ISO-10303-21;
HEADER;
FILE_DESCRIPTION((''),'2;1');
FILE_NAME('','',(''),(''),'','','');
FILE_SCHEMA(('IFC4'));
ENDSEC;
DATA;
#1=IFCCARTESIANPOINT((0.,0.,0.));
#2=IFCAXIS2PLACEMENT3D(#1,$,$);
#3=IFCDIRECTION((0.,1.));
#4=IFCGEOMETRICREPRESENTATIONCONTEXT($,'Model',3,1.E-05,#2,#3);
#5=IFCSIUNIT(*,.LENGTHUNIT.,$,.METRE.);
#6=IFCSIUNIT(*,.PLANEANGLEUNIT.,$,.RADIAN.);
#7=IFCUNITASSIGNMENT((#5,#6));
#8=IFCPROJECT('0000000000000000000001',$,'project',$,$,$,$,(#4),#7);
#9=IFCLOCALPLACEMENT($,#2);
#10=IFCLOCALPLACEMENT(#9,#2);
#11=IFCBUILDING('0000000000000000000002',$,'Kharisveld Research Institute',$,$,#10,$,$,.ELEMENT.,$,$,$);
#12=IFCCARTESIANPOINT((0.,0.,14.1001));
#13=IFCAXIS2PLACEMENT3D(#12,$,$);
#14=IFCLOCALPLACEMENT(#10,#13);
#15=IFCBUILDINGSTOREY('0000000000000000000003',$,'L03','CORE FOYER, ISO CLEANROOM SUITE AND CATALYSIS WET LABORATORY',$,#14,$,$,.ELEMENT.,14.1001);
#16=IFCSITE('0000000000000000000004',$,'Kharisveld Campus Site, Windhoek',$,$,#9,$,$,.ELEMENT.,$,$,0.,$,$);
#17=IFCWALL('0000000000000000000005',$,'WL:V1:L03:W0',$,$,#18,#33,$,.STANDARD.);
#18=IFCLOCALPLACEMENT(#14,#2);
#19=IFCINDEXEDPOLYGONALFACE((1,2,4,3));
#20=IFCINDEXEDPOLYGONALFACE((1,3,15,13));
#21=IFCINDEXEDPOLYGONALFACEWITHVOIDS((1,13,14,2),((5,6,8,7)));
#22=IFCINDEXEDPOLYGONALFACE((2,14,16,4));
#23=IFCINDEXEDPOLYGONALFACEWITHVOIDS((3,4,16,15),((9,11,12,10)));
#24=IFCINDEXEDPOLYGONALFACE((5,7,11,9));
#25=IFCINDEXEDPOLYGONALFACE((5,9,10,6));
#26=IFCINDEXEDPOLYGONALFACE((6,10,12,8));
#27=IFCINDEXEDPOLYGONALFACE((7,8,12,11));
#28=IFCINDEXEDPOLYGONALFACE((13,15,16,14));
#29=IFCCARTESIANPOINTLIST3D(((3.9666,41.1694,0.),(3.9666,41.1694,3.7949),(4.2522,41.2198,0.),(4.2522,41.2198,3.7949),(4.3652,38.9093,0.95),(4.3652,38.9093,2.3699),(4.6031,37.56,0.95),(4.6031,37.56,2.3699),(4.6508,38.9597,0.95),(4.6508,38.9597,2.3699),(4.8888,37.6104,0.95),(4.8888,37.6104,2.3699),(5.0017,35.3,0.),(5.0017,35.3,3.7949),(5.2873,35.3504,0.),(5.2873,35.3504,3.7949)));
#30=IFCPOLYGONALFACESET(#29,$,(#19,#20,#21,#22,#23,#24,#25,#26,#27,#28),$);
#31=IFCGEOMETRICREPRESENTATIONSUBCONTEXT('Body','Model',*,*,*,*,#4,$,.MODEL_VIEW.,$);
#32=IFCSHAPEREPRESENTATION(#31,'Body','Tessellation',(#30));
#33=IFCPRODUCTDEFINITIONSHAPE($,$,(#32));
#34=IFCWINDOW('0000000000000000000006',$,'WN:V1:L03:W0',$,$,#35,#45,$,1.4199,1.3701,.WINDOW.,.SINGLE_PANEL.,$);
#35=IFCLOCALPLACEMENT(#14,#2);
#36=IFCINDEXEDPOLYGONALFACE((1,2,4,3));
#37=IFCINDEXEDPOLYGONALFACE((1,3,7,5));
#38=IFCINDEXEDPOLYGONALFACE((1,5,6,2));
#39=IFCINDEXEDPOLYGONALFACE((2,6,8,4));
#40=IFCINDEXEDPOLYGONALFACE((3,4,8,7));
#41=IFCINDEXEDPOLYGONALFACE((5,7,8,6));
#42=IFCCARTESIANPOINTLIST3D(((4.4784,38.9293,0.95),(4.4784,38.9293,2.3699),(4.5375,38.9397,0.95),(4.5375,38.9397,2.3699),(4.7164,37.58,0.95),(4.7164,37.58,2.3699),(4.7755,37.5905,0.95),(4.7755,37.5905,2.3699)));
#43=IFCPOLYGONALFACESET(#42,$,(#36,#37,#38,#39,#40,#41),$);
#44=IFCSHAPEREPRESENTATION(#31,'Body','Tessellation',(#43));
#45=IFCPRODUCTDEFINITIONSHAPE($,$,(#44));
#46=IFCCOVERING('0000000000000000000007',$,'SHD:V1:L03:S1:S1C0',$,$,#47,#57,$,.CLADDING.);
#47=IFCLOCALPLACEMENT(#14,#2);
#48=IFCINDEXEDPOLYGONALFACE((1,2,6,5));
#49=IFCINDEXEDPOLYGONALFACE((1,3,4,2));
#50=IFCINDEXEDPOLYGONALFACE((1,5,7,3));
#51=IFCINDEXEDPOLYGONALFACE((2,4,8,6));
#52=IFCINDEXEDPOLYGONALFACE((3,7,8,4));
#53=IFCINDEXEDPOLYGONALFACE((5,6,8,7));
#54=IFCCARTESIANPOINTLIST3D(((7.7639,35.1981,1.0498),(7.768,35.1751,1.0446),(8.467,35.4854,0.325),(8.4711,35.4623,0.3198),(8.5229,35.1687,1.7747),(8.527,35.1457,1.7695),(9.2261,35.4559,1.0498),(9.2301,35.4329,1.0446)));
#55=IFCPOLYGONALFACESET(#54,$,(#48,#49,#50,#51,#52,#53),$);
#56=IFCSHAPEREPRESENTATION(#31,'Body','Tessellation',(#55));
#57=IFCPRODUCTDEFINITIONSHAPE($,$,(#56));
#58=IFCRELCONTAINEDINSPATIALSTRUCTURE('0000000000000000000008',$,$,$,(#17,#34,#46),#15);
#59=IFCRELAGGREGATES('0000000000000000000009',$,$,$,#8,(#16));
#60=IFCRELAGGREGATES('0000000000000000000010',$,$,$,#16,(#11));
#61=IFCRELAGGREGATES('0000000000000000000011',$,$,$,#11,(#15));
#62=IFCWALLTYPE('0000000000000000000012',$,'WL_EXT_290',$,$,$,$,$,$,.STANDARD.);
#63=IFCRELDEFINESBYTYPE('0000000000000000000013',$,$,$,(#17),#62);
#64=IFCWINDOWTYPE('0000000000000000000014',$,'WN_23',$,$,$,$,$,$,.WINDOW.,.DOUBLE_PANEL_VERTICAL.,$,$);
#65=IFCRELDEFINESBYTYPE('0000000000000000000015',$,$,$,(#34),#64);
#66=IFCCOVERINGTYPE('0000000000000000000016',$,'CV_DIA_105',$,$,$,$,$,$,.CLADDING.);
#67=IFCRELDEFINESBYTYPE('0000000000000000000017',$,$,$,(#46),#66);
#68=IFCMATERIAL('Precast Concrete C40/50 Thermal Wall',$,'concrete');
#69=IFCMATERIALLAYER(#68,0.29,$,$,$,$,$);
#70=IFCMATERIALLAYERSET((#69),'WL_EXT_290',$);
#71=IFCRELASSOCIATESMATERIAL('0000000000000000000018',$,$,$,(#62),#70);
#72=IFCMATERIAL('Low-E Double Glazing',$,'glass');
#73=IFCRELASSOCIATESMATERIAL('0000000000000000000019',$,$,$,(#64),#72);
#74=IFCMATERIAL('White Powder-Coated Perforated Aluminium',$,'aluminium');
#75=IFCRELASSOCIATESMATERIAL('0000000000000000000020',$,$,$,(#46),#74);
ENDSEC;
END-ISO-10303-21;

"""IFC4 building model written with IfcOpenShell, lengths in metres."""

from ifc_helpers import new_model, si_unit, direction, frame, frame_2d, origin, place, context, subcontext, project, spatial, polyline, rectangle, outline, extrude, material, layer, layer_set, type_object, element, fill, save


model = new_model("IFC4")

# Units and contexts
model_context = context("Model", 3, precision=1e-05, world=origin(), true_north=direction((0.0, 1.0)))
body_context = subcontext(model_context, "Body", "Model", "MODEL_VIEW")
ifc_project = project(units=[si_unit("LENGTHUNIT", "METRE"), si_unit("PLANEANGLEUNIT", "RADIAN")], contexts=[model_context])

# Site, building, storey
site_placement = place(None, origin())
site = spatial("IfcSite", under=ifc_project, at=site_placement, Name="Kharisveld Campus Site, Windhoek", CompositionType="ELEMENT", RefElevation=0.0)
building_placement = place(site_placement, origin())
building = spatial("IfcBuilding", under=site, at=building_placement, Name="Kharisveld Research Institute", CompositionType="ELEMENT")
storey_placement = place(building_placement, frame((0.0, 0.0, 14.1001)))
storey = spatial("IfcBuildingStorey", under=building, at=storey_placement, Name="L03", Description="CORE FOYER, ISO CLEANROOM SUITE AND CATALYSIS WET LABORATORY", CompositionType="ELEMENT", Elevation=14.1001)

# Wall, opening, window
ifc_material_1 = material(Name="Precast Concrete C40/50 Thermal Wall", Category="concrete")
ifc_layer_1 = layer(ifc_material_1, 0.29)
ifc_layer_set_1 = layer_set([ifc_layer_1], Name="WL_EXT_290")
wall_type = type_object("IfcWallType", Name="WL_EXT_290", PredefinedType="STANDARD", material=ifc_layer_set_1)
wall_placement = place(storey_placement, frame((5.1445, 35.3252, 0.0), z_axis=(0.0, 0.0, 1.0), x_axis=(-0.173685, 0.984801, 0.0)))
wall = element("IfcWall", 1, at=wall_placement, inside=storey, type_object=wall_type, Name="WL:V1:L03:W0", PredefinedType="STANDARD", context=body_context, shape_type="SweptSolid", body=[
    extrude(rectangle(XDim=5.96, YDim=0.29, at=frame_2d((2.98, 0.0))), origin(), (0.0, 0.0, 1.0), 3.7949),
])
opening_placement = place(wall_placement, frame((2.2949, 0.0, 0.95)))
opening = element("IfcOpeningElement", 2, at=opening_placement, cuts=wall, PredefinedType="OPENING", context=body_context, shape_type="SweptSolid", body=[
    extrude(rectangle(XDim=1.3701, YDim=1.4199, at=frame_2d((0.6851, 0.71))), frame((0.0, 0.145, 0.0), z_axis=(0.0, -1.0, 0.0), x_axis=(1.0, 0.0, 0.0)), (0.0, 0.0, 1.0), 0.29),
])
ifc_material_2 = material(Name="Low-E Double Glazing", Category="glass")
window_type = type_object("IfcWindowType", Name="WN_23", PartitioningType="DOUBLE_PANEL_VERTICAL", PredefinedType="WINDOW", material=ifc_material_2)
window_placement = place(opening_placement, origin())
window = element("IfcWindow", 3, at=window_placement, inside=storey, type_object=window_type, Name="WN:V1:L03:W0", OverallHeight=1.4199, OverallWidth=1.3701, PartitioningType="SINGLE_PANEL", PredefinedType="WINDOW", context=body_context, shape_type="SweptSolid", body=[
    extrude(rectangle(XDim=1.3701, YDim=1.4199, at=frame_2d((0.6851, 0.71))), frame((0.0, 0.03, 0.0), z_axis=(0.0, -1.0, 0.0), x_axis=(1.0, 0.0, 0.0)), (0.0, 0.0, 1.0), 0.0601),
])
fill(opening, window)

# Covering
ifc_material_3 = material(Name="White Powder-Coated Perforated Aluminium", Category="aluminium")
covering_type = type_object("IfcCoveringType", Name="CV_DIA_105", PredefinedType="CLADDING")
covering_placement = place(storey_placement, frame((8.467, 35.4854, 0.325), z_axis=(-0.169525, 0.961443, 0.21654), x_axis=(-0.669701, -0.273579, 0.690402)))
element("IfcCovering", 4, at=covering_placement, inside=storey, type_object=covering_type, material=ifc_material_3, Name="SHD:V1:L03:S1:S1C0", PredefinedType="CLADDING", context=body_context, shape_type="SweptSolid", body=[
    extrude(outline(polyline([(0.0, 0.0), (1.0499, 0.0), (1.0501, 1.05), (0.0002, 1.05), (0.0, 0.0)])), origin(), (0.0, 0.0, -1.0), 0.0239),
])

save(model, "model.ifc")
